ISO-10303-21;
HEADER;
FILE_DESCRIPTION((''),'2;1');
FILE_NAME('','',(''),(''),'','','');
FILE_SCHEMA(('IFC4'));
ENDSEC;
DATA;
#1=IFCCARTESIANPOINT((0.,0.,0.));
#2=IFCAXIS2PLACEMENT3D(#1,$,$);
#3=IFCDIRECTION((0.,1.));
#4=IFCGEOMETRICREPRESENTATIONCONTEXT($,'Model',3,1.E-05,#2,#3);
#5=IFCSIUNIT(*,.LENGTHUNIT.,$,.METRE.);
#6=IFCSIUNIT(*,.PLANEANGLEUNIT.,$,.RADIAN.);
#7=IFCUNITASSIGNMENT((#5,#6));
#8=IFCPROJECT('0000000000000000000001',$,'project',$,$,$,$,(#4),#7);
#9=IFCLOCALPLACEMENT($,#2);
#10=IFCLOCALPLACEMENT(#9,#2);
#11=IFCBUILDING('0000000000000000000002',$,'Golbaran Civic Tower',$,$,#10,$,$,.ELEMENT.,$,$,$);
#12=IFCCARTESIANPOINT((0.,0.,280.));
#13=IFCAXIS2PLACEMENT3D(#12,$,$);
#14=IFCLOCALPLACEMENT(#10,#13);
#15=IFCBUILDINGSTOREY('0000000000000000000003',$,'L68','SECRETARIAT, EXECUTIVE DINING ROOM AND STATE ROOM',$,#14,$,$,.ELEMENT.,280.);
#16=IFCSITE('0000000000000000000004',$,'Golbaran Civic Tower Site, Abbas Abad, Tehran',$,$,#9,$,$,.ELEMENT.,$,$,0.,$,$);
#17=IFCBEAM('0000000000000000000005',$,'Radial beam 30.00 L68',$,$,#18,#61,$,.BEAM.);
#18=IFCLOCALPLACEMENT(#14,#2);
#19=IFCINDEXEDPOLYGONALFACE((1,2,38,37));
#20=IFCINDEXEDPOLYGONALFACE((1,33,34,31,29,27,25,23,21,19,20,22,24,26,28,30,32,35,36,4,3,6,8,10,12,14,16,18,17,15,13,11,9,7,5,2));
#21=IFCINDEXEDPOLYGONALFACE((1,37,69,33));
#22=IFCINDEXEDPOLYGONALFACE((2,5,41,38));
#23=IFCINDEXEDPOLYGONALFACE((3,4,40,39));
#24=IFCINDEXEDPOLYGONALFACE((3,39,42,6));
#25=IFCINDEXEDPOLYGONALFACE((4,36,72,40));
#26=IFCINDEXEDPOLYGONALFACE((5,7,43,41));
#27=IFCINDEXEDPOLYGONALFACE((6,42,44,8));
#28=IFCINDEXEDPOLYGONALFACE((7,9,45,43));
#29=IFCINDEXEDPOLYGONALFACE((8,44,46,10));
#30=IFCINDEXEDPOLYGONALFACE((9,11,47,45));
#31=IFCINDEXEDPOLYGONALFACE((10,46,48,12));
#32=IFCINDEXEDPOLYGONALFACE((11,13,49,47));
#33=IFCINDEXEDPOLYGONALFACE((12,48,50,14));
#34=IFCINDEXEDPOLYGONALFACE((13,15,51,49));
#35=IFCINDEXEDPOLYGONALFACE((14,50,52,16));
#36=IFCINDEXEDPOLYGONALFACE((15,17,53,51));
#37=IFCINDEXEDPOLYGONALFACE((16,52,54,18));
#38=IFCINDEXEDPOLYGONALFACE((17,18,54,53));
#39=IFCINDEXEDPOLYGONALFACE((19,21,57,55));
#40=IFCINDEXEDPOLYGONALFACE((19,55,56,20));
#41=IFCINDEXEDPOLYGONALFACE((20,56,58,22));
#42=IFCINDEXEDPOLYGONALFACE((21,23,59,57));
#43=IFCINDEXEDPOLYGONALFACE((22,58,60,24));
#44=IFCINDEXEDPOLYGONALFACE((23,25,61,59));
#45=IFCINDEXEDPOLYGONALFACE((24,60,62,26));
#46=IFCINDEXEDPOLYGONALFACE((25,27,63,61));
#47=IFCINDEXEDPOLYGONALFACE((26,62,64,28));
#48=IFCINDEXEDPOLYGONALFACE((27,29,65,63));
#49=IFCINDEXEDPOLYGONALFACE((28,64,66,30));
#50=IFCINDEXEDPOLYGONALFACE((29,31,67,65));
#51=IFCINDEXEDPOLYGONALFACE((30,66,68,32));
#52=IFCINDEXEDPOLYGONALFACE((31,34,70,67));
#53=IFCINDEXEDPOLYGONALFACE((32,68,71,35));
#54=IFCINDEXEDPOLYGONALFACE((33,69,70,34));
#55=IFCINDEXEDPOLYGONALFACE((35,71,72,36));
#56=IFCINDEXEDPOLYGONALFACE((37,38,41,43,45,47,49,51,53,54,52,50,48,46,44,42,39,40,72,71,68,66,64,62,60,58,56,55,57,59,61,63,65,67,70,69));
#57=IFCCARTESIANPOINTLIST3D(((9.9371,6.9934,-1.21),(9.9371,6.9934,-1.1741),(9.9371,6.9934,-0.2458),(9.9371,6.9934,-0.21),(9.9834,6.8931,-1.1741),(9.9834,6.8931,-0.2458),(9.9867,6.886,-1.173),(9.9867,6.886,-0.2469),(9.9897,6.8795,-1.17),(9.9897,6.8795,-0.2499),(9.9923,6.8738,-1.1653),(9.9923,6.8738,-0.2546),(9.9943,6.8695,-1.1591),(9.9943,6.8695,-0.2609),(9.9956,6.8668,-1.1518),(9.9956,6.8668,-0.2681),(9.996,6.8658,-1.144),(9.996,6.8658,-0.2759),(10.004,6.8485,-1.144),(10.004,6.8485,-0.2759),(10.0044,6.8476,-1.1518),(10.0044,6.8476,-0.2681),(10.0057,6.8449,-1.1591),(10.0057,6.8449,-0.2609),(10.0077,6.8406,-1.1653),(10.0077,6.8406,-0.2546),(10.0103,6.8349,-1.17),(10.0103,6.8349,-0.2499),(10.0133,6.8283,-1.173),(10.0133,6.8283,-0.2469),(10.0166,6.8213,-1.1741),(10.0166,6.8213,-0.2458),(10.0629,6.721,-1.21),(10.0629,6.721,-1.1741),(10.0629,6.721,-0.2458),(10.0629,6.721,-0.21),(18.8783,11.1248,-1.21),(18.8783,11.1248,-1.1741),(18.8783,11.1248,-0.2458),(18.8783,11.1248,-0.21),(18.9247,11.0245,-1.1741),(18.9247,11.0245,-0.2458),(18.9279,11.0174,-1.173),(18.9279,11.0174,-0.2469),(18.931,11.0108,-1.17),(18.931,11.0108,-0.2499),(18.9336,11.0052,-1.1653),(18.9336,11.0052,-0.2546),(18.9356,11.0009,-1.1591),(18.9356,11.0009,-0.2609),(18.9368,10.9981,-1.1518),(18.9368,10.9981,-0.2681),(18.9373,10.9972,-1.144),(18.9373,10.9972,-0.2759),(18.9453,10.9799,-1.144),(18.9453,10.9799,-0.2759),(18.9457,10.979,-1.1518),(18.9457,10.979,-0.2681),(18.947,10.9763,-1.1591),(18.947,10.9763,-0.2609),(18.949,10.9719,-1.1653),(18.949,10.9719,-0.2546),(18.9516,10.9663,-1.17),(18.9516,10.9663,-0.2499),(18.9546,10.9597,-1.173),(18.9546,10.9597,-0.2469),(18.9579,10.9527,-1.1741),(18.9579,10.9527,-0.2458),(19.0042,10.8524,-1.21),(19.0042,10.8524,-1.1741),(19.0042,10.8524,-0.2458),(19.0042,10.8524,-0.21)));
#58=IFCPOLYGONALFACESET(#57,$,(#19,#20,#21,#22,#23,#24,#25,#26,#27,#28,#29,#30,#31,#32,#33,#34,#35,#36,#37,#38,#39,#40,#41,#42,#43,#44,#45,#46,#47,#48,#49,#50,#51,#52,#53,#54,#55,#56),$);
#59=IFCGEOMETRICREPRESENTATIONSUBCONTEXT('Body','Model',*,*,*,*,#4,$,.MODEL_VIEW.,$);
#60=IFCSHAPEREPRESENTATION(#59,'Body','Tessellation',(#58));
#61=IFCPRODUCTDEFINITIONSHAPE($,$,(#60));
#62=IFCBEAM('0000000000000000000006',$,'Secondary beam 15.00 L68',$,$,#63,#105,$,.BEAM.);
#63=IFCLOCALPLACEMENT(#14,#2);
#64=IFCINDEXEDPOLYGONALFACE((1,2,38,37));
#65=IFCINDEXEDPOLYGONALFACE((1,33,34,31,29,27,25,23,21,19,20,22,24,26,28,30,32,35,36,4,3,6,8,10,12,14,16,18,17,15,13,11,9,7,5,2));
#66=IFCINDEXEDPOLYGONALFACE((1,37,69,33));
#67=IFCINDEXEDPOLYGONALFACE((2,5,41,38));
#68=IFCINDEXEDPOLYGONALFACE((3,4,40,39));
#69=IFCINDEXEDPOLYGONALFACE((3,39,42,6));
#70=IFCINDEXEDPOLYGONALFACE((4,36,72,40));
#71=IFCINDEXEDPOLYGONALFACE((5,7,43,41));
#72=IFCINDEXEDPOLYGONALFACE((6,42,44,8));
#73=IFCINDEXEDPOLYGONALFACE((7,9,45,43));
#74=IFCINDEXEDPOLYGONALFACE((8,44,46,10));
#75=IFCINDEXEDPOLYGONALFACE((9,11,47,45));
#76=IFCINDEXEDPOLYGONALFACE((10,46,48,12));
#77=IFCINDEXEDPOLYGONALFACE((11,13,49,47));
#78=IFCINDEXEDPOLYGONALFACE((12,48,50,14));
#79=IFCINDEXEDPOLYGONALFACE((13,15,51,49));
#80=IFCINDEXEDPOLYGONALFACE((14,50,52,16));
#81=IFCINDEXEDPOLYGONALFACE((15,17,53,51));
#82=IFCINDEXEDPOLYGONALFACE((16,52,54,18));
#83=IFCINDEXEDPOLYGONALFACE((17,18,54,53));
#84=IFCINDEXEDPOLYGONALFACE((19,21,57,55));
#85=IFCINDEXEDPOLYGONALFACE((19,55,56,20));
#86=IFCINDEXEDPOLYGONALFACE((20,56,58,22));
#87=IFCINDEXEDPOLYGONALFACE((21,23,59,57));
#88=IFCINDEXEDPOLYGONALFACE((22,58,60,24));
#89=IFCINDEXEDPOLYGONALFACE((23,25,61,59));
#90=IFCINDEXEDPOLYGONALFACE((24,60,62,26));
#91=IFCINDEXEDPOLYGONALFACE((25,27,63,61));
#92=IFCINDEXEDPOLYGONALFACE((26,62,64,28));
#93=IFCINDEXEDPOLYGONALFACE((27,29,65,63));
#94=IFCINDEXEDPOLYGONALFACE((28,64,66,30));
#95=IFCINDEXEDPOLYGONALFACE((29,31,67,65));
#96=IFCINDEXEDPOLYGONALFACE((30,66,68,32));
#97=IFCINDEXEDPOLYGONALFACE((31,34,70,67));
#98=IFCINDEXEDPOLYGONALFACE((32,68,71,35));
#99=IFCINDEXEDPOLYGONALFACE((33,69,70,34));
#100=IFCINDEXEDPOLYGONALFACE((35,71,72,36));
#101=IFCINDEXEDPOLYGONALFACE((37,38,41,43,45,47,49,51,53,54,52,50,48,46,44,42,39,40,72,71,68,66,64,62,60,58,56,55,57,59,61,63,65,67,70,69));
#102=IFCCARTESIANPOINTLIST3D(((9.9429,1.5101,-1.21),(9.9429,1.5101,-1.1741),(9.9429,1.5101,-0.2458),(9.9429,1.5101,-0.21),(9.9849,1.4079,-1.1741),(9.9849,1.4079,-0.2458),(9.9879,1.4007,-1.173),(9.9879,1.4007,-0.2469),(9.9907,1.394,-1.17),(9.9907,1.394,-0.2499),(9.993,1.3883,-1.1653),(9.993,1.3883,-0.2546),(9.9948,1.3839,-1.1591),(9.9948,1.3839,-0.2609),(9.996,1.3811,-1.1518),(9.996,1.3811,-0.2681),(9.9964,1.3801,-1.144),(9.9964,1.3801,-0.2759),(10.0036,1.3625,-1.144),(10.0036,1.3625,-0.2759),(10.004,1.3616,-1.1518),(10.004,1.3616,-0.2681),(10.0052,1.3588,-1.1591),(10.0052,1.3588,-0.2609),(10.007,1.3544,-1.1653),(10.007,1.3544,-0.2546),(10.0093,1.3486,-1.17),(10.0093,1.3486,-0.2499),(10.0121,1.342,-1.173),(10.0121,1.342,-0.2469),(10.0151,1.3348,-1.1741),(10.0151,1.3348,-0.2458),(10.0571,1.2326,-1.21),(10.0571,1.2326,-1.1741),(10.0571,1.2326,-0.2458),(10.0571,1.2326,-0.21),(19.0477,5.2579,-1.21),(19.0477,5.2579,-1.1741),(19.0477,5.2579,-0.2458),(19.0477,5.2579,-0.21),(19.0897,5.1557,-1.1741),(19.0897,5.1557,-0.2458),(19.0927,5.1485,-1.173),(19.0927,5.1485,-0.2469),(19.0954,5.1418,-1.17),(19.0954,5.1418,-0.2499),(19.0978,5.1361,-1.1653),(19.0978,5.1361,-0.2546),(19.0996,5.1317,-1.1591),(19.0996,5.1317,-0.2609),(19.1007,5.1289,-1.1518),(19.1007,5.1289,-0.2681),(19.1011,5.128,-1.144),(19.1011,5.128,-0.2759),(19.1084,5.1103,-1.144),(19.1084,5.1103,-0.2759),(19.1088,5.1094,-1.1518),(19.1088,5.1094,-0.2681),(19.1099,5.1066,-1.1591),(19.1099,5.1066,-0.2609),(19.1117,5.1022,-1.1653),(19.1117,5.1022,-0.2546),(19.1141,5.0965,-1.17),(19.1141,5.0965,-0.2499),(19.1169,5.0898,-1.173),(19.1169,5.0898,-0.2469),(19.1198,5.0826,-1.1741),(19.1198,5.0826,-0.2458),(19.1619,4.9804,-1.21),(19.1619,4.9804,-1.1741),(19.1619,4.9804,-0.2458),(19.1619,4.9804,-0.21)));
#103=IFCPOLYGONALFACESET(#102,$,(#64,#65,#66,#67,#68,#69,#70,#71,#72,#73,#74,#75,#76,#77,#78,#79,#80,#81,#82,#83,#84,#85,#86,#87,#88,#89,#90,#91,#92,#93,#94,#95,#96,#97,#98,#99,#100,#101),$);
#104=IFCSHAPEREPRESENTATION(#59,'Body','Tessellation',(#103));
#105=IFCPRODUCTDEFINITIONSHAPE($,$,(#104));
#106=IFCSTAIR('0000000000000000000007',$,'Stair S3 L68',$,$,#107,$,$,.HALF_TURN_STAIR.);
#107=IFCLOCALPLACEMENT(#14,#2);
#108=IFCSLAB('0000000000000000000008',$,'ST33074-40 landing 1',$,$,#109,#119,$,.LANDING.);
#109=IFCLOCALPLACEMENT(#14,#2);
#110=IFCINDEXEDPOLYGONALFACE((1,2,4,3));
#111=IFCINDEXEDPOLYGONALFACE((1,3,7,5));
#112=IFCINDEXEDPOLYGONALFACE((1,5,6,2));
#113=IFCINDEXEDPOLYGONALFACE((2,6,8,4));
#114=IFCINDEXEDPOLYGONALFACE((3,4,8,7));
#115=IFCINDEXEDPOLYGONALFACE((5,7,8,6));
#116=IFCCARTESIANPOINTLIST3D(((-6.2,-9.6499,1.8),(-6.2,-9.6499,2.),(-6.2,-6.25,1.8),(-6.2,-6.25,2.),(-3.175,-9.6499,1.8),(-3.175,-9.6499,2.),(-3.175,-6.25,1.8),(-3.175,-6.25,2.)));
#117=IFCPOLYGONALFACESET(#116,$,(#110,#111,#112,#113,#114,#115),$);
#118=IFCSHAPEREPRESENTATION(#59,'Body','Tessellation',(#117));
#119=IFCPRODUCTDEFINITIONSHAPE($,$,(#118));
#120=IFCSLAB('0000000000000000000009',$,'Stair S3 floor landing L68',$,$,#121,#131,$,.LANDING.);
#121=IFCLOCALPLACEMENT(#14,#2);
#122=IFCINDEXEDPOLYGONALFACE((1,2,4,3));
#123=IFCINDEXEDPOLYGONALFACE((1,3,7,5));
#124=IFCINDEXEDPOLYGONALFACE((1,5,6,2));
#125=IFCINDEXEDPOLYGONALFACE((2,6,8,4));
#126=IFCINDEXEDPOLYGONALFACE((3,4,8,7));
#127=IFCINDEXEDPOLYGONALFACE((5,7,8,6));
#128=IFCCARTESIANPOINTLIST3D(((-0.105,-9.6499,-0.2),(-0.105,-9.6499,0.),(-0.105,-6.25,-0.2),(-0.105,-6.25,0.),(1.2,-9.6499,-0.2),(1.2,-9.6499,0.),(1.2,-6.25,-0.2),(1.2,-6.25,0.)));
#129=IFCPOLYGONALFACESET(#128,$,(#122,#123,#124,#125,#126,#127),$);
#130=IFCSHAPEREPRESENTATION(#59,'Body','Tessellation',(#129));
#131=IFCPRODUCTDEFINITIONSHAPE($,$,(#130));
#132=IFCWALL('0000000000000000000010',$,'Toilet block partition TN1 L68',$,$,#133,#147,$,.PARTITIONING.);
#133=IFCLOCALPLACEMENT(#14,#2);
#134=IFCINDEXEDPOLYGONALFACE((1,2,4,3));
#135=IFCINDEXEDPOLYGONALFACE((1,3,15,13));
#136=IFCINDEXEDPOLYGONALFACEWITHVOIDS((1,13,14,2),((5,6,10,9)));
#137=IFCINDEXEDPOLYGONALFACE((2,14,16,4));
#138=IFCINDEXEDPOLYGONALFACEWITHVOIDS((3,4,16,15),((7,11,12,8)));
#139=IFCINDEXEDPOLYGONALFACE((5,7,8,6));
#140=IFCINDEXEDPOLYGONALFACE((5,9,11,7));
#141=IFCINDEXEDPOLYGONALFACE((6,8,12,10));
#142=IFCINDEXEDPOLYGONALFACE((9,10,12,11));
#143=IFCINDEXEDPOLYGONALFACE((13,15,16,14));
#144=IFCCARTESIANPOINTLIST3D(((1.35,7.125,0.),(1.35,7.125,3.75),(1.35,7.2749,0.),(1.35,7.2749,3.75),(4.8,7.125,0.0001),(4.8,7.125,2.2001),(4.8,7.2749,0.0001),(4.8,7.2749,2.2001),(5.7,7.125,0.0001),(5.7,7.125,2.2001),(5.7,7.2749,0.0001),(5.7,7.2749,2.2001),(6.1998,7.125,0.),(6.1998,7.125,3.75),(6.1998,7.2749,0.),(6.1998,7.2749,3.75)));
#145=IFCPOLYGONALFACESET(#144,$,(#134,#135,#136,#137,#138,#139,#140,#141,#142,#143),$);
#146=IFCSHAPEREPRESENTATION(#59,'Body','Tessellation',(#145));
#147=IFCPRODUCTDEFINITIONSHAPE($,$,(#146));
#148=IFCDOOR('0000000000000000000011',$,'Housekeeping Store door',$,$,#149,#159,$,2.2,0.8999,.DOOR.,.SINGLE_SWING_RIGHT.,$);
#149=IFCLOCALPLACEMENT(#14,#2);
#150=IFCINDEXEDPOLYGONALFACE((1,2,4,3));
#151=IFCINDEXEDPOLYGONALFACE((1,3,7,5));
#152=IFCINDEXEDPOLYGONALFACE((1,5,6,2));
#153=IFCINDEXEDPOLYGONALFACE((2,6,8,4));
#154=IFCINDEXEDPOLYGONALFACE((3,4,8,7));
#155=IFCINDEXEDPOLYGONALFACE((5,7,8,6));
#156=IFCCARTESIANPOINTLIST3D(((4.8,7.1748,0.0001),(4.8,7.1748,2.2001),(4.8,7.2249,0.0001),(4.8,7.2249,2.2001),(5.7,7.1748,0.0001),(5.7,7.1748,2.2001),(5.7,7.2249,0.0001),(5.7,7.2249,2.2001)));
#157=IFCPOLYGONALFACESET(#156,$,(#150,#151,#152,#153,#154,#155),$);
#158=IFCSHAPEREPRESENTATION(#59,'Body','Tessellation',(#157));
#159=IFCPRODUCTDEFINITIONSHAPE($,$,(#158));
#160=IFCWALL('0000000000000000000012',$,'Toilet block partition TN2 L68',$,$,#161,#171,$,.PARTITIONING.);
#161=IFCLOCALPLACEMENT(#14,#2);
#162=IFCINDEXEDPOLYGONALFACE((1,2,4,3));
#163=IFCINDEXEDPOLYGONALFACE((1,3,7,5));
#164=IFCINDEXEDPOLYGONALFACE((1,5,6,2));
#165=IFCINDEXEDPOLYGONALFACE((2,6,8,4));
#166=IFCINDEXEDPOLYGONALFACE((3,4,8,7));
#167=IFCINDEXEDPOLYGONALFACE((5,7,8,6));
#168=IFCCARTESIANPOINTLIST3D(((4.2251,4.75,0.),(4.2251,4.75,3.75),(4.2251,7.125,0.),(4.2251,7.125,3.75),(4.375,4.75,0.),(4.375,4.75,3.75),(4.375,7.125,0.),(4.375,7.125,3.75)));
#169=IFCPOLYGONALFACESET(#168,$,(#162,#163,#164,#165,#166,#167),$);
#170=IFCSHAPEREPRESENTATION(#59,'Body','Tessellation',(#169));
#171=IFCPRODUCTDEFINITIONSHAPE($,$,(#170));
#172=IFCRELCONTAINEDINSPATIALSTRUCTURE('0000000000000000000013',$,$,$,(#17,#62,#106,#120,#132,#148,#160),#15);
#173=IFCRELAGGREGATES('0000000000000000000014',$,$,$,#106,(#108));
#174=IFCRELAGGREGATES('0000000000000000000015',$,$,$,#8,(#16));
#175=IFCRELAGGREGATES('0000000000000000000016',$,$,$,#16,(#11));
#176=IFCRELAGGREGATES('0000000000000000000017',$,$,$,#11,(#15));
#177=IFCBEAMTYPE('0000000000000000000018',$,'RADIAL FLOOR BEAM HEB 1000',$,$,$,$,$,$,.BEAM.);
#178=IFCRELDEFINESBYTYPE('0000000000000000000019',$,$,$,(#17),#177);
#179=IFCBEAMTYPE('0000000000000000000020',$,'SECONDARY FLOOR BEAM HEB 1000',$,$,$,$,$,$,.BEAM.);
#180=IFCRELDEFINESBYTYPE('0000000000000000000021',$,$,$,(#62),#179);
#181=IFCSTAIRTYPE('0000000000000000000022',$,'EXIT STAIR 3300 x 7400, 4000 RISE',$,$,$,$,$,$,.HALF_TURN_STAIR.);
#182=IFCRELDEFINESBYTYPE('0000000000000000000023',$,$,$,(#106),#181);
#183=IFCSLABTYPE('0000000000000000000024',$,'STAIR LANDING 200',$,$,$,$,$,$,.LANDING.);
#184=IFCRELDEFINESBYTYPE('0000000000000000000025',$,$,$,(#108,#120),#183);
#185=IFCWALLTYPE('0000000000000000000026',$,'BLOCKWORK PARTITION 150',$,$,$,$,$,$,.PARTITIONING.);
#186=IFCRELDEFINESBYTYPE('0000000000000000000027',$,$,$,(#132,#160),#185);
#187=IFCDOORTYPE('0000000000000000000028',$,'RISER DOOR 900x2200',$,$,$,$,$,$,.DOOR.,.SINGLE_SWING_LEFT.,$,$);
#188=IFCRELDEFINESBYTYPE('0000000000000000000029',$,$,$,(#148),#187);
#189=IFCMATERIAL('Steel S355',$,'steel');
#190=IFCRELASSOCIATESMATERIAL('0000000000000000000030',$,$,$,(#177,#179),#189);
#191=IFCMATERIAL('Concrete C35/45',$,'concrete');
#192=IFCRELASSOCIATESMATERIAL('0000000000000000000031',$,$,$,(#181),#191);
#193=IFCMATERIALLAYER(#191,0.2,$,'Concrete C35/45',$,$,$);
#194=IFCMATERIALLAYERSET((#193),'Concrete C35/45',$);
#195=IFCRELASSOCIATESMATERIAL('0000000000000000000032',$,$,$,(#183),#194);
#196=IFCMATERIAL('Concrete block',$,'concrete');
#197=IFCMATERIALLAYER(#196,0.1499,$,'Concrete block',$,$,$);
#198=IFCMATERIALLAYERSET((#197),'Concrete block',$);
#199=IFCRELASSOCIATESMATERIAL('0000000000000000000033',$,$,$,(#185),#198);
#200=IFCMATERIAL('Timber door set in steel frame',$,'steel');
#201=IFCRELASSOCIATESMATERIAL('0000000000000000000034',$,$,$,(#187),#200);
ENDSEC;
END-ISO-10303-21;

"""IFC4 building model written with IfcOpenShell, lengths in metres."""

from ifc_helpers import new_model, si_unit, direction, frame, frame_2d, origin, origin_2d, place, context, subcontext, project, spatial, polyline, rectangle, i_section, outline, extrude, material, layer, layer_set, material_profile, profile_set, type_object, element, fill, aggregate, save


model = new_model("IFC4")

# Units and contexts
model_context = context("Model", 3, precision=1e-05, world=origin(), true_north=direction((0.0, 1.0)))
body_context = subcontext(model_context, "Body", "Model", "MODEL_VIEW")
ifc_project = project(units=[si_unit("LENGTHUNIT", "METRE"), si_unit("PLANEANGLEUNIT", "RADIAN")], contexts=[model_context])

# Site, building, storey
site_placement = place(None, origin())
site = spatial("IfcSite", under=ifc_project, at=site_placement, Name="Golbaran Civic Tower Site, Abbas Abad, Tehran", CompositionType="ELEMENT", RefElevation=0.0)
building_placement = place(site_placement, origin())
building = spatial("IfcBuilding", under=site, at=building_placement, Name="Golbaran Civic Tower", CompositionType="ELEMENT")
storey_placement = place(building_placement, frame((0.0, 0.0, 280.0)))
storey = spatial("IfcBuildingStorey", under=building, at=storey_placement, Name="L68", Description="SECRETARIAT, EXECUTIVE DINING ROOM AND STATE ROOM", CompositionType="ELEMENT", Elevation=280.0)

# Beams
ifc_material_1 = material(Name="Steel S355", Category="steel")
ifc_material_profile_1 = material_profile(ifc_material_1, i_section(OverallWidth=0.3, OverallDepth=1.0, WebThickness=0.019, FlangeThickness=0.0359, FilletRadius=0.03, at=origin_2d()), Name="HEB 1000")
ifc_profile_set_1 = profile_set([ifc_material_profile_1], Name="Steel S355")
beam_type_1 = type_object("IfcBeamType", Name="RADIAL FLOOR BEAM HEB 1000", PredefinedType="BEAM", material=ifc_profile_set_1)
beam_1_placement = place(storey_placement, frame((10.0, 6.8572, -0.71), z_axis=(0.907779, 0.419448, 0.0), x_axis=(-0.419448, 0.907779, 0.0)))
element("IfcBeam", 1, at=beam_1_placement, inside=storey, type_object=beam_type_1, Name="Radial beam 30.00 L68", PredefinedType="BEAM", context=body_context, shape_type="SweptSolid", body=[
    extrude(i_section(OverallWidth=0.3, OverallDepth=1.0, WebThickness=0.019, FlangeThickness=0.0359, FilletRadius=0.03, at=origin_2d()), origin(), (0.0, 0.0, 1.0), 9.8496),
])
ifc_material_profile_2 = material_profile(ifc_material_1, i_section(OverallWidth=0.3, OverallDepth=1.0, WebThickness=0.019, FlangeThickness=0.0359, FilletRadius=0.03, at=origin_2d()), Name="HEB 1000")
ifc_profile_set_2 = profile_set([ifc_material_profile_2], Name="Steel S355")
beam_type_2 = type_object("IfcBeamType", Name="SECONDARY FLOOR BEAM HEB 1000", PredefinedType="BEAM", material=ifc_profile_set_2)
beam_2_placement = place(storey_placement, frame((10.0, 1.3713, -0.71), z_axis=(0.924721, 0.380645, 0.0), x_axis=(-0.380645, 0.924721, 0.0)))
element("IfcBeam", 2, at=beam_2_placement, inside=storey, type_object=beam_type_2, Name="Secondary beam 15.00 L68", PredefinedType="BEAM", context=body_context, shape_type="SweptSolid", body=[
    extrude(i_section(OverallWidth=0.3, OverallDepth=1.0, WebThickness=0.019, FlangeThickness=0.0359, FilletRadius=0.03, at=origin_2d()), origin(), (0.0, 0.0, 1.0), 9.8459),
])

# Stair, slab
ifc_material_2 = material(Name="Concrete C35/45", Category="concrete")
stair_type = type_object("IfcStairType", Name="EXIT STAIR 3300 x 7400, 4000 RISE", PredefinedType="HALF_TURN_STAIR", material=ifc_material_2)
stair_placement = place(storey_placement, origin())
stair = element("IfcStair", 3, at=stair_placement, inside=storey, type_object=stair_type, Name="Stair S3 L68", PredefinedType="HALF_TURN_STAIR")
ifc_layer_1 = layer(ifc_material_2, 0.2, Name="Concrete C35/45")
ifc_layer_set_1 = layer_set([ifc_layer_1], Name="Concrete C35/45")
slab_type = type_object("IfcSlabType", Name="STAIR LANDING 200", PredefinedType="LANDING", material=ifc_layer_set_1)
slab_1_placement = place(storey_placement, frame((0.0, 0.0, 1.8)))
slab_1 = element("IfcSlab", 4, at=slab_1_placement, type_object=slab_type, Name="ST33074-40 landing 1", PredefinedType="LANDING", context=body_context, shape_type="SweptSolid", body=[
    extrude(outline(polyline([(-3.175, -9.6499), (-6.2, -9.6499), (-6.2, -6.25), (-3.175, -6.25), (-3.175, -9.6499)])), origin(), (0.0, 0.0, 1.0), 0.2),
])
aggregate(stair, [slab_1])

# Slab
slab_2_placement = place(storey_placement, frame((0.0, 0.0, -0.2)))
element("IfcSlab", 5, at=slab_2_placement, inside=storey, type_object=slab_type, Name="Stair S3 floor landing L68", PredefinedType="LANDING", context=body_context, shape_type="SweptSolid", body=[
    extrude(outline(polyline([(1.2, -9.6499), (-0.105, -9.6499), (-0.105, -6.25), (1.2, -6.25), (1.2, -9.6499)])), origin(), (0.0, 0.0, 1.0), 0.2),
])

# Wall, opening, door
ifc_material_3 = material(Name="Concrete block", Category="concrete")
ifc_layer_2 = layer(ifc_material_3, 0.1499, Name="Concrete block")
ifc_layer_set_2 = layer_set([ifc_layer_2], Name="Concrete block")
wall_type_1 = type_object("IfcWallType", Name="BLOCKWORK PARTITION 150", PredefinedType="PARTITIONING", material=ifc_layer_set_2)
wall_1_placement = place(storey_placement, frame((1.3501, 7.2, 0.0), z_axis=(0.0, 0.0, 1.0), x_axis=(1.0, 0.0, 0.0)))
wall_1 = element("IfcWall", 6, at=wall_1_placement, inside=storey, type_object=wall_type_1, Name="Toilet block partition TN1 L68", PredefinedType="PARTITIONING", context=body_context, shape_type="SweptSolid", body=[
    extrude(rectangle(XDim=4.8499, YDim=0.1499, at=frame_2d((2.4248, 0.0))), origin(), (0.0, 0.0, 1.0), 3.75),
])
opening_1_placement = place(wall_1_placement, frame((3.45, 0.0, 0.0)))
opening_1 = element("IfcOpeningElement", 7, at=opening_1_placement, cuts=wall_1, PredefinedType="OPENING", context=body_context, shape_type="SweptSolid", body=[
    extrude(rectangle(XDim=0.8999, YDim=2.2, at=frame_2d((0.45, 1.1001))), frame((0.0, 0.085, 0.0), z_axis=(0.0, -1.0, 0.0), x_axis=(1.0, 0.0, 0.0)), (0.0, 0.0, 1.0), 0.1699),
])
ifc_material_4 = material(Name="Timber door set in steel frame", Category="steel")
door_type_1 = type_object("IfcDoorType", Name="RISER DOOR 900x2200", OperationType="SINGLE_SWING_LEFT", PredefinedType="DOOR", material=ifc_material_4)
door_1_placement = place(opening_1_placement, origin())
door_1 = element("IfcDoor", 8, at=door_1_placement, inside=storey, type_object=door_type_1, Name="Housekeeping Store door", OperationType="SINGLE_SWING_RIGHT", OverallHeight=2.2, OverallWidth=0.8999, PredefinedType="DOOR", context=body_context, shape_type="SweptSolid", body=[
    extrude(rectangle(XDim=0.8999, YDim=2.2, at=frame_2d((0.45, 1.1001))), frame((0.0, 0.0249, 0.0), z_axis=(0.0, -1.0, 0.0), x_axis=(1.0, 0.0, 0.0)), (0.0, 0.0, 1.0), 0.05),
])
fill(opening_1, door_1)

# Wall
wall_2_placement = place(storey_placement, frame((4.3, 4.75, 0.0), z_axis=(0.0, 0.0, 1.0), x_axis=(0.0, 1.0, 0.0)))
element("IfcWall", 9, at=wall_2_placement, inside=storey, type_object=wall_type_1, Name="Toilet block partition TN2 L68", PredefinedType="PARTITIONING", context=body_context, shape_type="SweptSolid", body=[
    extrude(rectangle(XDim=2.375, YDim=0.1499, at=frame_2d((1.1875, 0.0))), origin(), (0.0, 0.0, 1.0), 3.75),
])

save(model, "model.ifc")
